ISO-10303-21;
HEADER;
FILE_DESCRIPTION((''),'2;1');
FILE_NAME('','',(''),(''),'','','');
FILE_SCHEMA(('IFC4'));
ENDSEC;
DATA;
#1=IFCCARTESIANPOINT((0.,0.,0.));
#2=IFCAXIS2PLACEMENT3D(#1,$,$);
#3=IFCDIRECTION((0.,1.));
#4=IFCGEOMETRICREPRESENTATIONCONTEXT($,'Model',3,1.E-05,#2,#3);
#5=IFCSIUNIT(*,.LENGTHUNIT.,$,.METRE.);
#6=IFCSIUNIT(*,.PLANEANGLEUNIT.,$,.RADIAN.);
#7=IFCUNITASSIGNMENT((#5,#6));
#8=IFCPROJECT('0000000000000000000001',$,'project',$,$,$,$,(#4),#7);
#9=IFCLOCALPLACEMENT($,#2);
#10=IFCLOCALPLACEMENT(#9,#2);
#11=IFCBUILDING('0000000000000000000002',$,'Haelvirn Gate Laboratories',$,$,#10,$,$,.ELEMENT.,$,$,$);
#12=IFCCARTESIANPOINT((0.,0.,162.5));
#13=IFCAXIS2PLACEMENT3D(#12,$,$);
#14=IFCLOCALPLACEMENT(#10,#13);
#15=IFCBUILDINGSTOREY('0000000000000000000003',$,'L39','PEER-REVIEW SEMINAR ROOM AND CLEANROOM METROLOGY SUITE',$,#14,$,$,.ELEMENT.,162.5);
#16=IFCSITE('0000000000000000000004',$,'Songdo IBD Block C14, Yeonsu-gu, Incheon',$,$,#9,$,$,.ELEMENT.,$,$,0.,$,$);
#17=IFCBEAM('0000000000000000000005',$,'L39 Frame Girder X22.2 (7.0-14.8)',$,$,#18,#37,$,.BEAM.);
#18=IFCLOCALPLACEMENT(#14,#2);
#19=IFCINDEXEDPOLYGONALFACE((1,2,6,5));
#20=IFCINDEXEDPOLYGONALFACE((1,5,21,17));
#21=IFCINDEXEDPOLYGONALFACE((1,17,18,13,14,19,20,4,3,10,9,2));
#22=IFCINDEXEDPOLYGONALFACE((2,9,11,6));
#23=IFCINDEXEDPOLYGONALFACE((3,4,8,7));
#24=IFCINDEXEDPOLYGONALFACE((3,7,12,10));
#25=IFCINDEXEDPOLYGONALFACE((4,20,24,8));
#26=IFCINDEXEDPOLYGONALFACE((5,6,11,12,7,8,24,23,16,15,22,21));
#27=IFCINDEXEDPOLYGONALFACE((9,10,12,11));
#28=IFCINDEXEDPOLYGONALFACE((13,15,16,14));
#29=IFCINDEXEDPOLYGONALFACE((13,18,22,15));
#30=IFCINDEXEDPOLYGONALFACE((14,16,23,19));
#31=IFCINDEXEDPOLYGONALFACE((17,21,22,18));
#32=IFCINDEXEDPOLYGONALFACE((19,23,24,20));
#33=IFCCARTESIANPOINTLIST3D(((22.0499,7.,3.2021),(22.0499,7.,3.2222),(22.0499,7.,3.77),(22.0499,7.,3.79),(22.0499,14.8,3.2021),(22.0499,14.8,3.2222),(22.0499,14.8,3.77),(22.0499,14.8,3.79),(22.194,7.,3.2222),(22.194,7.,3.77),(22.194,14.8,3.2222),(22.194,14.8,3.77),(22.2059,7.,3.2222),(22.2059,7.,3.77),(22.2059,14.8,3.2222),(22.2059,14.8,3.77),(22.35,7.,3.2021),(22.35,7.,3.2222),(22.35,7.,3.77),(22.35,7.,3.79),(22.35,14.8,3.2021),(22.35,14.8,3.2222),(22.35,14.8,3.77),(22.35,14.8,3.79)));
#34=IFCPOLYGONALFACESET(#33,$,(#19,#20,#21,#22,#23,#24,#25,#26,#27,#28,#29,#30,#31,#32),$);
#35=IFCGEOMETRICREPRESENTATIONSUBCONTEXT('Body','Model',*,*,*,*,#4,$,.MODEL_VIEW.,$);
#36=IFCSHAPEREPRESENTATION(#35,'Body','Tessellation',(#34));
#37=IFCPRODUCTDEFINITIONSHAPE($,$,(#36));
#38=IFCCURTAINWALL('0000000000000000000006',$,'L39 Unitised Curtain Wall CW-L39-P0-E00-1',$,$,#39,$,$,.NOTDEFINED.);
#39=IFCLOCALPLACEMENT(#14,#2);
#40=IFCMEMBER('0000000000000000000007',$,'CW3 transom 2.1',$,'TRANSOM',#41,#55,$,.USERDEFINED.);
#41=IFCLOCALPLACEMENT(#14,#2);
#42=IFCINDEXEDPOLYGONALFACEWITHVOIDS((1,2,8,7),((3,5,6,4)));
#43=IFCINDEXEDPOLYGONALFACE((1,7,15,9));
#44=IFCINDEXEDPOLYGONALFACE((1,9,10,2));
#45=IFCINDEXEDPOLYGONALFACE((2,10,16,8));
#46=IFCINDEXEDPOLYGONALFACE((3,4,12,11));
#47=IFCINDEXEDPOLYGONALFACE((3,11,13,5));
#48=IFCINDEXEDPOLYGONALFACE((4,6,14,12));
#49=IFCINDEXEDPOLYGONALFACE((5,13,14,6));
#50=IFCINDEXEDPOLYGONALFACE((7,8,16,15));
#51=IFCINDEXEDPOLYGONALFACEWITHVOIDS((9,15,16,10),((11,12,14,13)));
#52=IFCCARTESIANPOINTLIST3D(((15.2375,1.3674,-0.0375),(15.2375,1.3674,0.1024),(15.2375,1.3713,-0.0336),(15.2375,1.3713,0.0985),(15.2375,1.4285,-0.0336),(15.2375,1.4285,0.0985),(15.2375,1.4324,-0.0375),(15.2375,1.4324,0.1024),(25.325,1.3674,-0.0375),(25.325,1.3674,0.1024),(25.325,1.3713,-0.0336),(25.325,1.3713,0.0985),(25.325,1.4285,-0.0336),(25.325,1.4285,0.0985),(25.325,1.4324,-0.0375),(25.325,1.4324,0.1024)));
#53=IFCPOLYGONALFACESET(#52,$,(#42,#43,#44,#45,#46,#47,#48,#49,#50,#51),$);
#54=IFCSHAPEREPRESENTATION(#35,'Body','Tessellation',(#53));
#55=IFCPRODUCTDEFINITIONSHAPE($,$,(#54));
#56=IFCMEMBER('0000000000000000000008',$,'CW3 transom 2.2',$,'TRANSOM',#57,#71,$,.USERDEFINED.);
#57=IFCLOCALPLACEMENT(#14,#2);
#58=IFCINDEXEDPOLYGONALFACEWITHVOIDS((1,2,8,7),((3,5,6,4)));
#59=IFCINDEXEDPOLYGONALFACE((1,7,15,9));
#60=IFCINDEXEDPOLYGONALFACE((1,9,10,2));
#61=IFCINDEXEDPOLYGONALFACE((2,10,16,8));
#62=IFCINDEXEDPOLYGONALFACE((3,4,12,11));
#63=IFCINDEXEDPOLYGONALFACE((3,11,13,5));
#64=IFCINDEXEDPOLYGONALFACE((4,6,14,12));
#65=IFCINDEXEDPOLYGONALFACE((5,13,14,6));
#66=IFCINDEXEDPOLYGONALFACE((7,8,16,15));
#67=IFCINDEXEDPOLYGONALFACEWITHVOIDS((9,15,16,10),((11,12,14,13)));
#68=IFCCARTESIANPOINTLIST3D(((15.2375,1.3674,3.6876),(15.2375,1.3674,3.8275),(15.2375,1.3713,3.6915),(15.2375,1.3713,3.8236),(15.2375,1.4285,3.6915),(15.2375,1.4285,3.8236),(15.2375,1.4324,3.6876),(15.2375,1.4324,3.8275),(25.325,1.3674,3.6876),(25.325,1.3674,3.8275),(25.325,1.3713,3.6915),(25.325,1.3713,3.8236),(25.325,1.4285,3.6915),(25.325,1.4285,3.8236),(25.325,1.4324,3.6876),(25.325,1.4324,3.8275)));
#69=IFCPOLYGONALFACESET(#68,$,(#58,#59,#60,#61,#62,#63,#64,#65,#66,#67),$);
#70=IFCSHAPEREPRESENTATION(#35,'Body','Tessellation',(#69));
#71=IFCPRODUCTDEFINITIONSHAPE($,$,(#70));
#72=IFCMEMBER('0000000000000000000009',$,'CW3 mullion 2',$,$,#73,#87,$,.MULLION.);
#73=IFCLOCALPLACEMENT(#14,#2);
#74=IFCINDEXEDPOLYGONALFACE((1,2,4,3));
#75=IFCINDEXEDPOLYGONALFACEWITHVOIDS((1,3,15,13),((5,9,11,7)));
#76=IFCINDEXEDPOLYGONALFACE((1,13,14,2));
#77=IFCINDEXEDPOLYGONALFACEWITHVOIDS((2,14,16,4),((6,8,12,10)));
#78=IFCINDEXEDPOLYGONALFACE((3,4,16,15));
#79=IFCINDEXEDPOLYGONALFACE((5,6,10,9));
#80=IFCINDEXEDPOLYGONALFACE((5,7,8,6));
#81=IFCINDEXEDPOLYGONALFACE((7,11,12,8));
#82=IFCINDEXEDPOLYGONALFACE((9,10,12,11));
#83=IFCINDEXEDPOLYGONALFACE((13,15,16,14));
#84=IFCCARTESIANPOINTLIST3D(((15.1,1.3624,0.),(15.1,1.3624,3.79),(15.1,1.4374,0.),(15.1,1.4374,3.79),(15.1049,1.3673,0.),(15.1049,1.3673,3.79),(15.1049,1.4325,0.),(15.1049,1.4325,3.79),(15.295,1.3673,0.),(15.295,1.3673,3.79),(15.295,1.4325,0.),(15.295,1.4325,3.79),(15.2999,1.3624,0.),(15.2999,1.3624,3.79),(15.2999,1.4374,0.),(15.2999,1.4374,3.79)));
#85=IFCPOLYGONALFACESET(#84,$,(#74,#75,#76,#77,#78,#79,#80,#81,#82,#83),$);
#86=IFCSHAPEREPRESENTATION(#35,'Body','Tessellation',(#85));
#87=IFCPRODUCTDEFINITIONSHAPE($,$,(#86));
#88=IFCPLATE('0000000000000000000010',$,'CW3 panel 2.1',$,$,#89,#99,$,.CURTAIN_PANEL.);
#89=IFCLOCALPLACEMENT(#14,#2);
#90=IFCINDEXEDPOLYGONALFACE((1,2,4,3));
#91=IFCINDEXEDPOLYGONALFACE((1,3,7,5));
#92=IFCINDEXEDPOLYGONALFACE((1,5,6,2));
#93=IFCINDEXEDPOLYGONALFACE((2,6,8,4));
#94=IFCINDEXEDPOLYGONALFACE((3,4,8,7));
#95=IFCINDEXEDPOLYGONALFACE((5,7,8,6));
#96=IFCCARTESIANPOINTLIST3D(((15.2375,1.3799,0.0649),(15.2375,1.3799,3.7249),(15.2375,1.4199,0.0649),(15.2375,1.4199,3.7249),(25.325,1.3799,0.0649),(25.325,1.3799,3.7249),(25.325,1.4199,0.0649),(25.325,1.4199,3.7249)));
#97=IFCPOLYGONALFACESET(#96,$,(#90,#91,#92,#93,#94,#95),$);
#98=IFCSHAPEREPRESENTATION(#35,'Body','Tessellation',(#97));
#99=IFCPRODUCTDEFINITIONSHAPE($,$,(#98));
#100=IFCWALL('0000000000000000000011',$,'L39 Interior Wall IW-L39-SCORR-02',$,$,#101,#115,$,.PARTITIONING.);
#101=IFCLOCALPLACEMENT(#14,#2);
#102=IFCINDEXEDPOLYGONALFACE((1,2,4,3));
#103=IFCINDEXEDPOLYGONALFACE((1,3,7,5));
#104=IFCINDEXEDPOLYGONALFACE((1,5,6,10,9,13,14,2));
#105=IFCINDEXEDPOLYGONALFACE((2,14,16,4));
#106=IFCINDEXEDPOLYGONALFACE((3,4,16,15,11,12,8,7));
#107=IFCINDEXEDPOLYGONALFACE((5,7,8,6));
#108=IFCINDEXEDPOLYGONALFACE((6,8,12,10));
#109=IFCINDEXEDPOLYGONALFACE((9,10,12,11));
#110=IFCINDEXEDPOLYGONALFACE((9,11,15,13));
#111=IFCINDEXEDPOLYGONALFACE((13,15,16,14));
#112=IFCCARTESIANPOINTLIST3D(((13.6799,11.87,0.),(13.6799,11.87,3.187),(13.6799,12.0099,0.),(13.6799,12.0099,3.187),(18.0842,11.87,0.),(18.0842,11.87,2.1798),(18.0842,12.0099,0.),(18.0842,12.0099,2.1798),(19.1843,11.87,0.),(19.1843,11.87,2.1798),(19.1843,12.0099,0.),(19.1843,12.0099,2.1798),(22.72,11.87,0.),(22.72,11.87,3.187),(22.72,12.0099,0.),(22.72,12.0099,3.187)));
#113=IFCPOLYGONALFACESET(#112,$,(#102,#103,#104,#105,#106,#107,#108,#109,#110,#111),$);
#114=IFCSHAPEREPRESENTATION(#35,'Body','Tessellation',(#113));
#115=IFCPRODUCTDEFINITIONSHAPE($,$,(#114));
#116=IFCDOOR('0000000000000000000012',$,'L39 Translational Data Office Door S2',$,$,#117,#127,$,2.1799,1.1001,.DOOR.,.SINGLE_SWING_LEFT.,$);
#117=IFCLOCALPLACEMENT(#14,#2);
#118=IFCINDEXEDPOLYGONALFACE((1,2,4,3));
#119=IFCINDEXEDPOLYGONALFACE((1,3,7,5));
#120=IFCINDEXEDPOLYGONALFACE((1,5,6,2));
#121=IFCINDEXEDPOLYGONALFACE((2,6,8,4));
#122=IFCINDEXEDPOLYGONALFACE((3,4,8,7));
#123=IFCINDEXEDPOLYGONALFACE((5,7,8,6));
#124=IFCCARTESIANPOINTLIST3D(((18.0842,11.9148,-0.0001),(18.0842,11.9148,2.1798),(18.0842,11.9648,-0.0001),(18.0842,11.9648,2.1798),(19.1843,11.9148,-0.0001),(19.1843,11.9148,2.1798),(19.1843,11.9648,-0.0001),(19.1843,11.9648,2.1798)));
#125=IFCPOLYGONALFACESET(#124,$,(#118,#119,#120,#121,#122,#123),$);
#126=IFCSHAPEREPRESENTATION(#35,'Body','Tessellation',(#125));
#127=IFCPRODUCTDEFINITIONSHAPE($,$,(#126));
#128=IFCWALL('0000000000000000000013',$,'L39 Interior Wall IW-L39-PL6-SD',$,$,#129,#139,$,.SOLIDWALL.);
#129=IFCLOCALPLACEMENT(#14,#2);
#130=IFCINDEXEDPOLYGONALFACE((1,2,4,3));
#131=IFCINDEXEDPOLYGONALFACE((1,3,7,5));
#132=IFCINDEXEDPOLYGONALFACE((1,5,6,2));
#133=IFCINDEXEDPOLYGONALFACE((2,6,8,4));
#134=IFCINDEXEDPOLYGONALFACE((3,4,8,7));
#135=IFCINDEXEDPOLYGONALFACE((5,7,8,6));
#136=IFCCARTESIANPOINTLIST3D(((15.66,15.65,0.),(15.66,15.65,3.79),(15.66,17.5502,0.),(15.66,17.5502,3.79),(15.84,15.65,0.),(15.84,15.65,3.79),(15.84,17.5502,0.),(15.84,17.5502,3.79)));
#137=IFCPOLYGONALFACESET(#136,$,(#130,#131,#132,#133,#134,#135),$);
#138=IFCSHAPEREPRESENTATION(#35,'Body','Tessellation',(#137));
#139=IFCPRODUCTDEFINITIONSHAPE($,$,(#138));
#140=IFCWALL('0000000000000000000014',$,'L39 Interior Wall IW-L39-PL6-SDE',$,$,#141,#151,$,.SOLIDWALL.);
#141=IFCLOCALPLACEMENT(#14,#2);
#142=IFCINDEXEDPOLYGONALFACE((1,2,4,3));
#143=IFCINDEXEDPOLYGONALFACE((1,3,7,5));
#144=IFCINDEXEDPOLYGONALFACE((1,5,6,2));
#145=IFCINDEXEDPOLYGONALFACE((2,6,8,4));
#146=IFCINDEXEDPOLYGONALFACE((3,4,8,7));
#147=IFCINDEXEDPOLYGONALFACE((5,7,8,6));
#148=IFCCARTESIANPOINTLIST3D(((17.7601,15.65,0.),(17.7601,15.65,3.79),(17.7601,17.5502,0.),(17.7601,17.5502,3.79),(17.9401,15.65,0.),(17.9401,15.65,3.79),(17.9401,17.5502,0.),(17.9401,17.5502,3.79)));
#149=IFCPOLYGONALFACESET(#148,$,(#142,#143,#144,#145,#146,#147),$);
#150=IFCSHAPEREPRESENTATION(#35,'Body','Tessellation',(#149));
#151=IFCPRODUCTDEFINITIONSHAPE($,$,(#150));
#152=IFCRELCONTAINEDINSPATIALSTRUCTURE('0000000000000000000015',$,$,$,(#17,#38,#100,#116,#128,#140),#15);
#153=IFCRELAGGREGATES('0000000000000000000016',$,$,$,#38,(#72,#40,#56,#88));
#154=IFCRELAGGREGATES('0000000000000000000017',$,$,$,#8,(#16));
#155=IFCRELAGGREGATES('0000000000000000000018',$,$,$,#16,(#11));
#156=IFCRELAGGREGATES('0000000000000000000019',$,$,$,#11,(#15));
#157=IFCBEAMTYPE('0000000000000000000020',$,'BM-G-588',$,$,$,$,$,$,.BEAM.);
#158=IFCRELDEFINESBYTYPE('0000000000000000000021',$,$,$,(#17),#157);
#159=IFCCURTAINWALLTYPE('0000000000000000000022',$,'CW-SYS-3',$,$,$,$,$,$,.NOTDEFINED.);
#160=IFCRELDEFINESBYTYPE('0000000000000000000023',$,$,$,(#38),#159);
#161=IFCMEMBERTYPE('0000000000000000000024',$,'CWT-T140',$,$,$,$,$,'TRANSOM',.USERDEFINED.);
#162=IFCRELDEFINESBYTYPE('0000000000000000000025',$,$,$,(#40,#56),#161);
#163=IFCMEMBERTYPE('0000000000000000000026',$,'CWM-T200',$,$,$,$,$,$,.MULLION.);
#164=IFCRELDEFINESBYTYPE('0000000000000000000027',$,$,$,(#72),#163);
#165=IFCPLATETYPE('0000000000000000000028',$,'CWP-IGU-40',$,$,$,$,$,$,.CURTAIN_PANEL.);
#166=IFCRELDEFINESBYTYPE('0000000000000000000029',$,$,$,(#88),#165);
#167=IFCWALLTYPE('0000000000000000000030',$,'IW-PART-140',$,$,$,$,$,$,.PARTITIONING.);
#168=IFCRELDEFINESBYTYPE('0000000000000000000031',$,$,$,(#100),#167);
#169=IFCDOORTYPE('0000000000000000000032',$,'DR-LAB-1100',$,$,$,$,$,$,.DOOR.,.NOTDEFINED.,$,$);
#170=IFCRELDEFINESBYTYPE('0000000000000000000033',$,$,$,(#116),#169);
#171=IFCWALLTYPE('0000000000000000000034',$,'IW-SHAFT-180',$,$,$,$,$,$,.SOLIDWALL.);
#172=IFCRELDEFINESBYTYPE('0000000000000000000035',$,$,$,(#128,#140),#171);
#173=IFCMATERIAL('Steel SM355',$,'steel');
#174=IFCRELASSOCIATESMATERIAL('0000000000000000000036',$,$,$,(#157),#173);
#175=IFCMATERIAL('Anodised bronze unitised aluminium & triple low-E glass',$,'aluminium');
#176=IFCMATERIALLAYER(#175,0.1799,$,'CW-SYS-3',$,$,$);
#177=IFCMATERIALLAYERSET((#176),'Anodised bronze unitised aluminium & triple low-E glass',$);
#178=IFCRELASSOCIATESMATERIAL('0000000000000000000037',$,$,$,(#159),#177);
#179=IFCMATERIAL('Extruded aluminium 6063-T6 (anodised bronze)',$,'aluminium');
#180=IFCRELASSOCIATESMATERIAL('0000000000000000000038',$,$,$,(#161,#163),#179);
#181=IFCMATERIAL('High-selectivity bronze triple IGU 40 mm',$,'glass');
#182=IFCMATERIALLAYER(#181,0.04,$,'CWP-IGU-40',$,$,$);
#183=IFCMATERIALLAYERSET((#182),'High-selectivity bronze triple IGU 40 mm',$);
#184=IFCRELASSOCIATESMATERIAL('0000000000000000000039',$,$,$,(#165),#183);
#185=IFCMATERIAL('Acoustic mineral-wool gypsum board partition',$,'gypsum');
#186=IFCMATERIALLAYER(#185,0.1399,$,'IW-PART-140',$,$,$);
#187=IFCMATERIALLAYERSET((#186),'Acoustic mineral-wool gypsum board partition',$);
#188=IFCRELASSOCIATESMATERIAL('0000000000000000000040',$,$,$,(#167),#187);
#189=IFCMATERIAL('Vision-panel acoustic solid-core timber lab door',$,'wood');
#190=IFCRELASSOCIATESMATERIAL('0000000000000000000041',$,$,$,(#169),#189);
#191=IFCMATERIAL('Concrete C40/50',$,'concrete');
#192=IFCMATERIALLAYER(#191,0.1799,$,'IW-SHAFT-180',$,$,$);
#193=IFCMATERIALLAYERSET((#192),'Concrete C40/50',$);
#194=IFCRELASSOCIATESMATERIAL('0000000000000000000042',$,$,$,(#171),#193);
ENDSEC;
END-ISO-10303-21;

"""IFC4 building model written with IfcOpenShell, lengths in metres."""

from ifc_helpers import new_model, si_unit, direction, frame, frame_2d, origin, origin_2d, place, context, subcontext, project, spatial, rectangle, hollow_rectangle, i_section, extrude, source, transform, mapped, material, layer, layer_set, material_profile, profile_set, type_object, type_shapes, element, fill, aggregate, save


model = new_model("IFC4")

# Units and contexts
model_context = context("Model", 3, precision=1e-05, world=origin(), true_north=direction((0.0, 1.0)))
body_context = subcontext(model_context, "Body", "Model", "MODEL_VIEW")
ifc_project = project(units=[si_unit("LENGTHUNIT", "METRE"), si_unit("PLANEANGLEUNIT", "RADIAN")], contexts=[model_context])

# Site, building, storey
site_placement = place(None, origin())
site = spatial("IfcSite", under=ifc_project, at=site_placement, Name="Songdo IBD Block C14, Yeonsu-gu, Incheon", CompositionType="ELEMENT", RefElevation=0.0)
building_placement = place(site_placement, origin())
building = spatial("IfcBuilding", under=site, at=building_placement, Name="Haelvirn Gate Laboratories", CompositionType="ELEMENT")
storey_placement = place(building_placement, frame((0.0, 0.0, 162.5)))
storey = spatial("IfcBuildingStorey", under=building, at=storey_placement, Name="L39", Description="PEER-REVIEW SEMINAR ROOM AND CLEANROOM METROLOGY SUITE", CompositionType="ELEMENT", Elevation=162.5)

# Beam
ifc_material_1 = material(Name="Steel SM355", Category="steel")
ifc_material_profile_1 = material_profile(ifc_material_1, i_section(OverallWidth=0.3, OverallDepth=0.5879, WebThickness=0.012, FlangeThickness=0.02, at=origin_2d()), Name="H-588x300x12x20")
ifc_profile_set_1 = profile_set([ifc_material_profile_1], Name="Steel SM355")
beam_type_1 = type_object("IfcBeamType", Name="BM-G-588", PredefinedType="BEAM", material=ifc_profile_set_1)
shared_shape_1 = source(origin(), body_context, "Body", "SweptSolid", [
    extrude(i_section(OverallWidth=0.3, OverallDepth=0.5879, WebThickness=0.012, FlangeThickness=0.02, at=origin_2d()), origin(), (0.0, 0.0, 1.0), 7.8),
])
beam_1_placement = place(storey_placement, frame((22.2, 7.0, 3.4961), z_axis=(0.0, 1.0, 0.0), x_axis=(-1.0, 0.0, 0.0)))
element("IfcBeam", 1, at=beam_1_placement, inside=storey, type_object=beam_type_1, Name="L39 Frame Girder X22.2 (7.0-14.8)", PredefinedType="BEAM", context=body_context, shape_type="MappedRepresentation", body=[
    mapped(shared_shape_1, transform((0.0, 0.0, 0.0), scale=1.0)),
])

# Curtain wall, members, plate
ifc_material_2 = material(Name="Anodised bronze unitised aluminium & triple low-E glass", Category="aluminium")
ifc_layer_1 = layer(ifc_material_2, 0.1799, Name="CW-SYS-3")
ifc_layer_set_1 = layer_set([ifc_layer_1], Name="Anodised bronze unitised aluminium & triple low-E glass")
curtain_wall_type = type_object("IfcCurtainWallType", Name="CW-SYS-3", PredefinedType="NOTDEFINED", material=ifc_layer_set_1)
curtain_wall_placement = place(storey_placement, origin())
curtain_wall = element("IfcCurtainWall", 2, at=curtain_wall_placement, inside=storey, type_object=curtain_wall_type, Name="L39 Unitised Curtain Wall CW-L39-P0-E00-1", PredefinedType="NOTDEFINED")
ifc_material_3 = material(Name="Extruded aluminium 6063-T6 (anodised bronze)", Category="aluminium")
ifc_material_profile_2 = material_profile(ifc_material_3, hollow_rectangle(XDim=0.0649, YDim=0.1399, WallThickness=0.0039, at=origin_2d()), Name="CWT-140x65x4")
ifc_profile_set_2 = profile_set([ifc_material_profile_2], Name="Extruded aluminium 6063-T6 (anodised bronze)")
member_type_1 = type_object("IfcMemberType", Name="CWT-T140", ElementType="TRANSOM", PredefinedType="USERDEFINED", material=ifc_profile_set_2)
shared_shape_2 = source(origin(), body_context, "Body", "SweptSolid", [
    extrude(hollow_rectangle(XDim=0.0649, YDim=0.1399, WallThickness=0.0039, at=origin_2d()), origin(), (0.0, 0.0, 1.0), 10.0874),
])
type_shapes(member_type_1, [shared_shape_2])
member_1_placement = place(storey_placement, frame((15.2375, 1.3999, 0.0325), z_axis=(1.0, 0.0, 0.0), x_axis=(0.0, 1.0, 0.0)))
member_1 = element("IfcMember", 3, at=member_1_placement, type_object=member_type_1, Name="CW3 transom 2.1", ObjectType="TRANSOM", PredefinedType="USERDEFINED", context=body_context, shape_type="MappedRepresentation", body=[
    mapped(shared_shape_2, transform((0.0, 0.0, 0.0), scale=1.0)),
])
member_2_placement = place(storey_placement, frame((15.2375, 1.3999, 3.7576), z_axis=(1.0, 0.0, 0.0), x_axis=(0.0, 1.0, 0.0)))
member_2 = element("IfcMember", 4, at=member_2_placement, type_object=member_type_1, Name="CW3 transom 2.2", ObjectType="TRANSOM", PredefinedType="USERDEFINED", context=body_context, shape_type="MappedRepresentation", body=[
    mapped(shared_shape_2, transform((0.0, 0.0, 0.0), scale=1.0)),
])
ifc_material_profile_3 = material_profile(ifc_material_3, hollow_rectangle(XDim=0.075, YDim=0.2, WallThickness=0.0049, at=origin_2d()), Name="CWM-200x75x5")
ifc_profile_set_3 = profile_set([ifc_material_profile_3], Name="Extruded aluminium 6063-T6 (anodised bronze)")
member_type_2 = type_object("IfcMemberType", Name="CWM-T200", PredefinedType="MULLION", material=ifc_profile_set_3)
shared_shape_3 = source(origin(), body_context, "Body", "SweptSolid", [
    extrude(hollow_rectangle(XDim=0.075, YDim=0.2, WallThickness=0.0049, at=origin_2d()), origin(), (0.0, 0.0, 1.0), 3.79),
])
type_shapes(member_type_2, [shared_shape_3])
member_3_placement = place(storey_placement, frame((15.2, 1.3999, 0.0), z_axis=(0.0, 0.0, 1.0), x_axis=(0.0, 1.0, 0.0)))
member_3 = element("IfcMember", 5, at=member_3_placement, type_object=member_type_2, Name="CW3 mullion 2", PredefinedType="MULLION", context=body_context, shape_type="MappedRepresentation", body=[
    mapped(shared_shape_3, transform((0.0, 0.0, 0.0), scale=1.0)),
])
ifc_material_4 = material(Name="High-selectivity bronze triple IGU 40 mm", Category="glass")
ifc_layer_2 = layer(ifc_material_4, 0.04, Name="CWP-IGU-40")
ifc_layer_set_2 = layer_set([ifc_layer_2], Name="High-selectivity bronze triple IGU 40 mm")
plate_type = type_object("IfcPlateType", Name="CWP-IGU-40", PredefinedType="CURTAIN_PANEL", material=ifc_layer_set_2)
shared_shape_4 = source(origin(), body_context, "Body", "SweptSolid", [
    extrude(rectangle(XDim=10.0874, YDim=0.04, at=origin_2d()), origin(), (0.0, 0.0, 1.0), 3.6599),
])
type_shapes(plate_type, [shared_shape_4])
plate_placement = place(storey_placement, frame((20.2812, 1.3999, 0.0649), z_axis=(0.0, 0.0, 1.0), x_axis=(1.0, 0.0, 0.0)))
plate = element("IfcPlate", 6, at=plate_placement, type_object=plate_type, Name="CW3 panel 2.1", PredefinedType="CURTAIN_PANEL", context=body_context, shape_type="MappedRepresentation", body=[
    mapped(shared_shape_4, transform((0.0, 0.0, 0.0), scale=1.0)),
])
aggregate(curtain_wall, [member_3, member_1, member_2, plate])

# Wall, opening, door
ifc_material_5 = material(Name="Acoustic mineral-wool gypsum board partition", Category="gypsum")
ifc_layer_3 = layer(ifc_material_5, 0.1399, Name="IW-PART-140")
ifc_layer_set_3 = layer_set([ifc_layer_3], Name="Acoustic mineral-wool gypsum board partition")
wall_type_1 = type_object("IfcWallType", Name="IW-PART-140", PredefinedType="PARTITIONING", material=ifc_layer_set_3)
wall_1_placement = place(storey_placement, frame((13.6799, 11.9399, 0.0), z_axis=(0.0, 0.0, 1.0), x_axis=(1.0, 0.0, 0.0)))
wall_1 = element("IfcWall", 7, at=wall_1_placement, inside=storey, type_object=wall_type_1, Name="L39 Interior Wall IW-L39-SCORR-02", PredefinedType="PARTITIONING", context=body_context, shape_type="SweptSolid", body=[
    extrude(rectangle(XDim=9.04, YDim=0.1399, at=frame_2d((4.52, 0.0))), origin(), (0.0, 0.0, 1.0), 3.187),
])
opening_1_placement = place(wall_1_placement, frame((4.4043, 0.0, 0.0)))
opening_1 = element("IfcOpeningElement", 8, at=opening_1_placement, cuts=wall_1, PredefinedType="OPENING", context=body_context, shape_type="SweptSolid", body=[
    extrude(rectangle(XDim=1.1001, YDim=2.1799, at=frame_2d((0.55, 1.0898))), frame((0.0, 0.0801, 0.0), z_axis=(0.0, -1.0, 0.0), x_axis=(1.0, 0.0, 0.0)), (0.0, 0.0, 1.0), 0.1599),
])
ifc_material_6 = material(Name="Vision-panel acoustic solid-core timber lab door", Category="wood")
door_type_1 = type_object("IfcDoorType", Name="DR-LAB-1100", OperationType="NOTDEFINED", PredefinedType="DOOR", material=ifc_material_6)
shared_shape_5 = source(origin(), body_context, "Body", "SweptSolid", [
    extrude(rectangle(XDim=1.1001, YDim=2.1799, at=frame_2d((0.55, 1.0898))), frame((0.0, 0.0249, 0.0), z_axis=(0.0, -1.0, 0.0), x_axis=(1.0, 0.0, 0.0)), (0.0, 0.0, 1.0), 0.05),
])
type_shapes(door_type_1, [shared_shape_5])
door_1_placement = place(opening_1_placement, origin())
door_1 = element("IfcDoor", 9, at=door_1_placement, inside=storey, type_object=door_type_1, Name="L39 Translational Data Office Door S2", OperationType="SINGLE_SWING_LEFT", OverallHeight=2.1799, OverallWidth=1.1001, PredefinedType="DOOR", context=body_context, shape_type="MappedRepresentation", body=[
    mapped(shared_shape_5, transform((0.0, 0.0, 0.0), scale=1.0)),
])
fill(opening_1, door_1)

# Walls
ifc_material_7 = material(Name="Concrete C40/50", Category="concrete")
ifc_layer_4 = layer(ifc_material_7, 0.1799, Name="IW-SHAFT-180")
ifc_layer_set_4 = layer_set([ifc_layer_4], Name="Concrete C40/50")
wall_type_2 = type_object("IfcWallType", Name="IW-SHAFT-180", PredefinedType="SOLIDWALL", material=ifc_layer_set_4)
for number, where, z_axis, x_axis, name in (
    (10, (15.75, 15.6499, 0.0), (0.0, 0.0, 1.0), (0.0, 1.0, 0.0), "L39 Interior Wall IW-L39-PL6-SD"),
    (11, (17.8501, 15.6499, 0.0), (0.0, 0.0, 1.0), (0.0, 1.0, 0.0), "L39 Interior Wall IW-L39-PL6-SDE"),
):
    element("IfcWall", number, at=place(storey_placement, frame(where, z_axis=z_axis, x_axis=x_axis)), inside=storey, type_object=wall_type_2, Name=name, PredefinedType="SOLIDWALL", context=body_context, shape_type="SweptSolid", body=[
        extrude(rectangle(XDim=1.9001, YDim=0.1799, at=frame_2d((0.9502, 0.0))), origin(), (0.0, 0.0, 1.0), 3.79),
    ])

save(model, "model.ifc")
